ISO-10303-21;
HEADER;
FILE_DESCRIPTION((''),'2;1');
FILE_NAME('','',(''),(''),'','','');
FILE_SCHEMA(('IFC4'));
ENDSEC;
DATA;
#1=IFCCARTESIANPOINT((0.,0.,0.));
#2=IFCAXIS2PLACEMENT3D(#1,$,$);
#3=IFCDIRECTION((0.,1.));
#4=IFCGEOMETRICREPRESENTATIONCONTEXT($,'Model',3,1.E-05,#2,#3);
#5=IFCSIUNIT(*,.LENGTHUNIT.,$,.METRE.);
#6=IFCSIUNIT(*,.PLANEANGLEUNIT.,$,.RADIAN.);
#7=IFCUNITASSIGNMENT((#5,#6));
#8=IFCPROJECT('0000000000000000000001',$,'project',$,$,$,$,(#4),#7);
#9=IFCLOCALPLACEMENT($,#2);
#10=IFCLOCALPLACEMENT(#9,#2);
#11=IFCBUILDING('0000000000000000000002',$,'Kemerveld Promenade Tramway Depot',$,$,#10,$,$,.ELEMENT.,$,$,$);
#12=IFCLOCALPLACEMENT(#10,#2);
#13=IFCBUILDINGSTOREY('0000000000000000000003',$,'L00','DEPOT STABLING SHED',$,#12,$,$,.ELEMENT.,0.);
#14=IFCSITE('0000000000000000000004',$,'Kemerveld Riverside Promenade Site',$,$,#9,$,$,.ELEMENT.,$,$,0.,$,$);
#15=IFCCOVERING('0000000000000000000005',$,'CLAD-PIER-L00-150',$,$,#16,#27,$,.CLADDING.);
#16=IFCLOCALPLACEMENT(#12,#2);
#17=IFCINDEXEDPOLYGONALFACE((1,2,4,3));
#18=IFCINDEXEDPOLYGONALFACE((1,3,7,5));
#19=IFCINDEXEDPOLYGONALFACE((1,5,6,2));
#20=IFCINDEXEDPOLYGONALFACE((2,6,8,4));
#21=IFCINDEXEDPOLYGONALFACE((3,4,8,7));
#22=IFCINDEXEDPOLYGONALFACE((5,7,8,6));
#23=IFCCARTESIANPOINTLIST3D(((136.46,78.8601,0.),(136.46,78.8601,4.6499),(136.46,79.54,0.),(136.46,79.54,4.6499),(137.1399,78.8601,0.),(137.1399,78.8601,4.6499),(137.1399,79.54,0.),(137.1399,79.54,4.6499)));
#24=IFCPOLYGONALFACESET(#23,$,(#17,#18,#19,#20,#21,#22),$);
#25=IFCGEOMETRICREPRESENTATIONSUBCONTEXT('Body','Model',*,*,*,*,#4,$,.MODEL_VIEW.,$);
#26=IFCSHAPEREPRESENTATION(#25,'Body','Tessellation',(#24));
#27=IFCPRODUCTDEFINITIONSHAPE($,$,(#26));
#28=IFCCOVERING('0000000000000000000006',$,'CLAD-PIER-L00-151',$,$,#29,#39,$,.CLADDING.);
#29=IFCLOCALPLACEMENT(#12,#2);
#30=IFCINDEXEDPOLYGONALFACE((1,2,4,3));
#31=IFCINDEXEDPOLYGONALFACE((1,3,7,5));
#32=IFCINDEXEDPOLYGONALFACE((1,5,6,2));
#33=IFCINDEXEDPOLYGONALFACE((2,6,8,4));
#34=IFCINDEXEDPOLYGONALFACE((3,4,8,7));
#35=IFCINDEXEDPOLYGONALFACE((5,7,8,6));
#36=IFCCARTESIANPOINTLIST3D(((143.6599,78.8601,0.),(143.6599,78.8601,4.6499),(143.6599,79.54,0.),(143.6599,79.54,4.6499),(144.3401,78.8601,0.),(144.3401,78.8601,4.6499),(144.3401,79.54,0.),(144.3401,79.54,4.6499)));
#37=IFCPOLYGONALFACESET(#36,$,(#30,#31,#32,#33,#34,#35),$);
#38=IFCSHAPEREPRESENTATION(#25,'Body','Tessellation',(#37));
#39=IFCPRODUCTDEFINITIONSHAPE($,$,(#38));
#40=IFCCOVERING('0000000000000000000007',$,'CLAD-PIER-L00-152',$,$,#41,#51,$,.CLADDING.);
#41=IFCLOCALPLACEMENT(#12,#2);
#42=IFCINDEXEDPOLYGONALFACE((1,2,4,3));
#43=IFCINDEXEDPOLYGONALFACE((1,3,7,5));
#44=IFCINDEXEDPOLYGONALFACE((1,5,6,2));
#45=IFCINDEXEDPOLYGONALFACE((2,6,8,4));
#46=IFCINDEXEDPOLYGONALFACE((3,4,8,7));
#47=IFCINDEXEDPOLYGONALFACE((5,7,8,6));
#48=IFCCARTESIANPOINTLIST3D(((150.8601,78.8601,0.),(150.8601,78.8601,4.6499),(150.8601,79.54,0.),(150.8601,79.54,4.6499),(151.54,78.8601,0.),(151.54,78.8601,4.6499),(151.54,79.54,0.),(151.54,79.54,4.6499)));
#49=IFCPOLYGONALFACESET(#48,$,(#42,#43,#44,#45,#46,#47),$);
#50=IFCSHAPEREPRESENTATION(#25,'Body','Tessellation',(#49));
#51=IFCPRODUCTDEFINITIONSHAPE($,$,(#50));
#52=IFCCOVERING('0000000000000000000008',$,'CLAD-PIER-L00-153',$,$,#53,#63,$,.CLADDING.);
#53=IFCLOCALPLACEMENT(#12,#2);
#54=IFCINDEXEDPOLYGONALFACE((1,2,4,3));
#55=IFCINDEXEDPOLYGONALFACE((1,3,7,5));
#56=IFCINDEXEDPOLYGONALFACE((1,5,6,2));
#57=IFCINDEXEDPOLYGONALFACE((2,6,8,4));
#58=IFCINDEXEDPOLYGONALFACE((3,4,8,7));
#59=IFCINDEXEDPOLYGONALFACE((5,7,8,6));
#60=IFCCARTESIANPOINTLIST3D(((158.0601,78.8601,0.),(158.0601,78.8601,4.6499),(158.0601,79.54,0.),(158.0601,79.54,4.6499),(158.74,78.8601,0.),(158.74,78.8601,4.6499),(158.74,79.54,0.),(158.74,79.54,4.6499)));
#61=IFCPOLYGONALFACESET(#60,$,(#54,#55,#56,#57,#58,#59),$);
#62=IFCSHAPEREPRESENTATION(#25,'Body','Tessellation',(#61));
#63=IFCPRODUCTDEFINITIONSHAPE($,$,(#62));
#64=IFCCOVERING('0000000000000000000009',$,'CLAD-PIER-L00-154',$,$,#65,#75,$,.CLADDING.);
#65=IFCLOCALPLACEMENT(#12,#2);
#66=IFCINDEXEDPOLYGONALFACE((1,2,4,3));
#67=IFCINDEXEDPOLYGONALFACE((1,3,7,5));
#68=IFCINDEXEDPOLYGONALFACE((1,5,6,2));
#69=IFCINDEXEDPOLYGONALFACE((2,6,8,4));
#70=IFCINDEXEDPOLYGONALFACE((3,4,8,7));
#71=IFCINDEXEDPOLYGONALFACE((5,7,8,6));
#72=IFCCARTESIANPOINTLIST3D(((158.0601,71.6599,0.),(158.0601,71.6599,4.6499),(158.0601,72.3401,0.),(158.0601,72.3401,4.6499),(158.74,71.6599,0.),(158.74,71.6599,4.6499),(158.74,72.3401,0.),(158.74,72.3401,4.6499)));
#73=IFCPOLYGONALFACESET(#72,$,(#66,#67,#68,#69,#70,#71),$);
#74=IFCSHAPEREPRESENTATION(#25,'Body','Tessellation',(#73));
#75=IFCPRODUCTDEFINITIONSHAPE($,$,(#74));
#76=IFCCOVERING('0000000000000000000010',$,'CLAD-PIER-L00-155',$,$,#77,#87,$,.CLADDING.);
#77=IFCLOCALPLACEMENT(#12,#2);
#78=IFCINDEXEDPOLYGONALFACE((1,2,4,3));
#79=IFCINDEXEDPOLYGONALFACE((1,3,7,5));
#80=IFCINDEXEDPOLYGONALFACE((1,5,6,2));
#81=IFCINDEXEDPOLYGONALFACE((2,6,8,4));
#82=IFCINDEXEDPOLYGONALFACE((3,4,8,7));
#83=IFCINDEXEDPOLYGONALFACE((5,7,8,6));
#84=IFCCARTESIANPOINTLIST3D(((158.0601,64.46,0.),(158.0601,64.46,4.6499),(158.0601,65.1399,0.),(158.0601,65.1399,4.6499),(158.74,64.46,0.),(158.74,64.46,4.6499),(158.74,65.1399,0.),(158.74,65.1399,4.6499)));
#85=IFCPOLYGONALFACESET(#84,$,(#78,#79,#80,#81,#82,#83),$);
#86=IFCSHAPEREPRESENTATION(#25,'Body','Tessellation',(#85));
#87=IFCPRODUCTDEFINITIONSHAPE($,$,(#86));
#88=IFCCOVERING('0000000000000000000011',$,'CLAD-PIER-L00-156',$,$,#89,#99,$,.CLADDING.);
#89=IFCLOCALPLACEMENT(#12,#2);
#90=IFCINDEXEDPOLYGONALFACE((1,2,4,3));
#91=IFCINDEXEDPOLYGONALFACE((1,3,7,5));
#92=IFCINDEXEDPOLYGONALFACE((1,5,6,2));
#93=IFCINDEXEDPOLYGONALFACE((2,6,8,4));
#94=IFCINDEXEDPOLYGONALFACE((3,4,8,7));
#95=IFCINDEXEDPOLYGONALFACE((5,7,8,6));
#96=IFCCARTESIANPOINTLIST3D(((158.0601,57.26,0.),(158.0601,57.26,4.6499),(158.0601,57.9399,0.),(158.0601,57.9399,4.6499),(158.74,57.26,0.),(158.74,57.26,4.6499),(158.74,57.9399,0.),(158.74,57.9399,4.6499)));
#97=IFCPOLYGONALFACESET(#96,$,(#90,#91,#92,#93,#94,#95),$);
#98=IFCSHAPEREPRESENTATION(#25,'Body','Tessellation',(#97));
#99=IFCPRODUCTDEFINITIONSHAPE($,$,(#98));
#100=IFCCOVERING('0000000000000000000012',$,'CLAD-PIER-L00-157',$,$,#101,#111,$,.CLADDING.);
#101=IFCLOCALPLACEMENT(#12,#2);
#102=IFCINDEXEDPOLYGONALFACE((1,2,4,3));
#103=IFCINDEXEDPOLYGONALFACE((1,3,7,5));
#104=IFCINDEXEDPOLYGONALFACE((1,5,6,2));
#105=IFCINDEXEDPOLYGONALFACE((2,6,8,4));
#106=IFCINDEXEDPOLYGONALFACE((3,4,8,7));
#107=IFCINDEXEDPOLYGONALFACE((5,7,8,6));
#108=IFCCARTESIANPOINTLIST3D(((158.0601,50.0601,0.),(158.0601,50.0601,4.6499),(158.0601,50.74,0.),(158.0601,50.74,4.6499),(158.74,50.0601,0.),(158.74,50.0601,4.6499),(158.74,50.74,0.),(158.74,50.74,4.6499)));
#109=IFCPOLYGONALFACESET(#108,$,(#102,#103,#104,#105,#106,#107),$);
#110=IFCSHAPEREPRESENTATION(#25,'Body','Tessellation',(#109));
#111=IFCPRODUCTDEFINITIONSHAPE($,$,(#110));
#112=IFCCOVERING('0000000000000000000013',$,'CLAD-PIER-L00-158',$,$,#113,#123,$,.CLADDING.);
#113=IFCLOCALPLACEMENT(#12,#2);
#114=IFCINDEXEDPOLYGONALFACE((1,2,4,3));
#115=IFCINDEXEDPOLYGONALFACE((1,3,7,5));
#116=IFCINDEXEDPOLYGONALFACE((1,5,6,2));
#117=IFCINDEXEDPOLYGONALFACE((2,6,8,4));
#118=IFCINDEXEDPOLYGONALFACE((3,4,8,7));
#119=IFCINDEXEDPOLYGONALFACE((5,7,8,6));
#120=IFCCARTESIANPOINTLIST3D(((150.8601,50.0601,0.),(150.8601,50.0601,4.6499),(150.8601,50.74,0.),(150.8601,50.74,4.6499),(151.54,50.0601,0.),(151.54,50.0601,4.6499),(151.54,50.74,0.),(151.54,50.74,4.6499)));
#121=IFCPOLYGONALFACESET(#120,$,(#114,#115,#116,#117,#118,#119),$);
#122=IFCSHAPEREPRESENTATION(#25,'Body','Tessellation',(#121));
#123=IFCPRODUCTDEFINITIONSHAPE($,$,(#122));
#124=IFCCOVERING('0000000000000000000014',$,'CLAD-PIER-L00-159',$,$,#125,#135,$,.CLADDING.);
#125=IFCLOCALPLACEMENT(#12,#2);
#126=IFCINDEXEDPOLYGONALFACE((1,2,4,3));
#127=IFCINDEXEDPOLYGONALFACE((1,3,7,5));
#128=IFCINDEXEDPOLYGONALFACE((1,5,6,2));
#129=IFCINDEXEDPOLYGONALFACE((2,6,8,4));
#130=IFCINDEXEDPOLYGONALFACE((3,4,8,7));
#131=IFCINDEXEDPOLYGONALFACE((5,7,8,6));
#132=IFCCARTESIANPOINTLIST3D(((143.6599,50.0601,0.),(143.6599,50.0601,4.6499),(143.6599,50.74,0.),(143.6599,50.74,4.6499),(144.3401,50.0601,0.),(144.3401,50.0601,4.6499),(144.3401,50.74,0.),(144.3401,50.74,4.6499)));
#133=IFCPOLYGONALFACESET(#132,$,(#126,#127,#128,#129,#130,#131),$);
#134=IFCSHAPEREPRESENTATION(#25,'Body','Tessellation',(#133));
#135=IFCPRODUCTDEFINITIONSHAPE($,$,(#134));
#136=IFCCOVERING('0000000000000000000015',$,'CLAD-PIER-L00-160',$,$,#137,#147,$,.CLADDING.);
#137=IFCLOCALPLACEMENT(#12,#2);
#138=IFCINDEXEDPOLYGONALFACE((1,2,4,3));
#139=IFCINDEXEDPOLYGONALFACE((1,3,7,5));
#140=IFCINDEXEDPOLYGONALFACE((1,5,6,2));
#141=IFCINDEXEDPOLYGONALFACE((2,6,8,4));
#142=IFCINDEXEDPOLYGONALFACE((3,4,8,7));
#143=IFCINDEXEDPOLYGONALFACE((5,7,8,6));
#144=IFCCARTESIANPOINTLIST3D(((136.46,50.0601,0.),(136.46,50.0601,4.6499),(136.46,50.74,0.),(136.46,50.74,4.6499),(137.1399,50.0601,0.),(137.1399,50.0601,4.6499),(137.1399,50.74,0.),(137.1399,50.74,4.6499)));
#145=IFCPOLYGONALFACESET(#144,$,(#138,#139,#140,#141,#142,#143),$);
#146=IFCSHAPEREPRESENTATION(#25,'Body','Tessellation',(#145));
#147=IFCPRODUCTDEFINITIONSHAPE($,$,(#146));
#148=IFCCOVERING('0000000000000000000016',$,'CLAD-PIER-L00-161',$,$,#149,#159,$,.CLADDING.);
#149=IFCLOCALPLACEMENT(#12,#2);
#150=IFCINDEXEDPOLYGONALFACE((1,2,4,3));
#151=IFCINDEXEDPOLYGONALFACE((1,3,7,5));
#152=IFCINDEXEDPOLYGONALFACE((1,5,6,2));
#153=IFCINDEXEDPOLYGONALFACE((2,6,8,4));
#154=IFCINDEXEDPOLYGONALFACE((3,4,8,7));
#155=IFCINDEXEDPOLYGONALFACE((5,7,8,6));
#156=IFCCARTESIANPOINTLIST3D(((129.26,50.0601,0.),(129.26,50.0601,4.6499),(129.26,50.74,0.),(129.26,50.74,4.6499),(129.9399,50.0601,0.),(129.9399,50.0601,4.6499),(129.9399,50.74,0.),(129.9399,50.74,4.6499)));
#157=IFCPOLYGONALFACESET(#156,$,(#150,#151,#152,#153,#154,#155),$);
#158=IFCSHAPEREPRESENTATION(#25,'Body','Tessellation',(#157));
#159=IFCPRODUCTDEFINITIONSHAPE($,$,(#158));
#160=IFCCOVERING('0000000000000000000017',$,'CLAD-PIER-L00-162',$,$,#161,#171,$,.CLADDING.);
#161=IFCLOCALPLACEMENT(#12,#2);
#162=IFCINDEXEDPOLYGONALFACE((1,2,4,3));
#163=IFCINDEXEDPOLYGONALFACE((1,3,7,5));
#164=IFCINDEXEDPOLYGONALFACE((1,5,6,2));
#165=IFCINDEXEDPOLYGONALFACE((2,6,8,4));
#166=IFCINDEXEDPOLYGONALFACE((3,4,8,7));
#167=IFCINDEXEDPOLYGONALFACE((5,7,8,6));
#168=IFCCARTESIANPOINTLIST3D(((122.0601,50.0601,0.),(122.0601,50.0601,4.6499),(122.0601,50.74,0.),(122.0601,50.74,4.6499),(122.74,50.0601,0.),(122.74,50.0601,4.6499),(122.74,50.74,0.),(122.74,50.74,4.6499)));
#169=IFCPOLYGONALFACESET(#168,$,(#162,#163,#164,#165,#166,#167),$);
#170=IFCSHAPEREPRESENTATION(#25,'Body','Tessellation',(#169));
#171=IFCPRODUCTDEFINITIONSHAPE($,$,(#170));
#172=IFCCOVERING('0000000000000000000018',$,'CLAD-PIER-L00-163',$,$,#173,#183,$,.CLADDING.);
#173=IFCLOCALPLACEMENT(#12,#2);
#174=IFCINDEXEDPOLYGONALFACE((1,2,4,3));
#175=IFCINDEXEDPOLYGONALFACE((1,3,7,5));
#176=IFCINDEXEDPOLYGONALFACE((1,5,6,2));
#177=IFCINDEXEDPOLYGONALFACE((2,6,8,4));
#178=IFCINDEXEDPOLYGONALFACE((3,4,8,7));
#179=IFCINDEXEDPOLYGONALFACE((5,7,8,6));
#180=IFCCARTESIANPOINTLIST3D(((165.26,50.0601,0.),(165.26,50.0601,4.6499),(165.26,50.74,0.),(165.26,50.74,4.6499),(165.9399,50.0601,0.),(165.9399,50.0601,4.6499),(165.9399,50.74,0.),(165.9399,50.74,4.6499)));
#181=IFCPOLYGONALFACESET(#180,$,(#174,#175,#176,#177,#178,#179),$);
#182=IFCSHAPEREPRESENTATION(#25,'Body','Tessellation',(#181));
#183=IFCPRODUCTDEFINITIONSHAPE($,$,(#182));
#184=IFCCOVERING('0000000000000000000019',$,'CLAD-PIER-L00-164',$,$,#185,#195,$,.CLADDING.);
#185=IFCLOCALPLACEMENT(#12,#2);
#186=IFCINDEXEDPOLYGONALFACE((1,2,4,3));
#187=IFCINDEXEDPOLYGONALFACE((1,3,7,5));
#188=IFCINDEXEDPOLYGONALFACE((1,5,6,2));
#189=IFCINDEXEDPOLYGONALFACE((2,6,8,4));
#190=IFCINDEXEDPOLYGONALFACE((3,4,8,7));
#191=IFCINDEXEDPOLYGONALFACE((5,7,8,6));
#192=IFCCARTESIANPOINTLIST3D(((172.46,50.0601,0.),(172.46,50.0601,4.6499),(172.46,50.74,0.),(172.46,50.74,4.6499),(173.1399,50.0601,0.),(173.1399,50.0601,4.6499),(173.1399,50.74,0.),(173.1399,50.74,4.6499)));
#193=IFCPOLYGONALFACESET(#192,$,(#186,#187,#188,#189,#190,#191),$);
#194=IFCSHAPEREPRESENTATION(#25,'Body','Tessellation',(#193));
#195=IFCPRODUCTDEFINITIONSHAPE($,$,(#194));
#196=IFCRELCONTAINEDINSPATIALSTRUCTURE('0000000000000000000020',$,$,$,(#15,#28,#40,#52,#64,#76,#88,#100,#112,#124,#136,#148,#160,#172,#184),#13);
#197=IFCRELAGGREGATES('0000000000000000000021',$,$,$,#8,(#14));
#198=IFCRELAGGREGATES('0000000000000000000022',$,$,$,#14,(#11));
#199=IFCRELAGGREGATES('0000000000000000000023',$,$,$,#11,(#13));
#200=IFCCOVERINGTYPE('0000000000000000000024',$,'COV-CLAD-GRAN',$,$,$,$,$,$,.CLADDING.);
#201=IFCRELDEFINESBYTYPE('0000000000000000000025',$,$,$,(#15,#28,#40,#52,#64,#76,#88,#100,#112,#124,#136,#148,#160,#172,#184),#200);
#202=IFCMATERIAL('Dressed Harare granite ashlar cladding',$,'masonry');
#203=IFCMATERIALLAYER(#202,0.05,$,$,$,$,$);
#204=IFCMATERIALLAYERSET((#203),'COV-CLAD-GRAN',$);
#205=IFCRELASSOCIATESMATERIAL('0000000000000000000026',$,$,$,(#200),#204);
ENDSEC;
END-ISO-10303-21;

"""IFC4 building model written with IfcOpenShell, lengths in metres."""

from ifc_helpers import new_model, si_unit, direction, origin, place, context, subcontext, project, spatial, polyline, outline, extrude, material, layer, layer_set, type_object, element, save


model = new_model("IFC4")

# Units and contexts
model_context = context("Model", 3, precision=1e-05, world=origin(), true_north=direction((0.0, 1.0)))
body_context = subcontext(model_context, "Body", "Model", "MODEL_VIEW")
ifc_project = project(units=[si_unit("LENGTHUNIT", "METRE"), si_unit("PLANEANGLEUNIT", "RADIAN")], contexts=[model_context])

# Site, building, storey
site_placement = place(None, origin())
site = spatial("IfcSite", under=ifc_project, at=site_placement, Name="Kemerveld Riverside Promenade Site", CompositionType="ELEMENT", RefElevation=0.0)
building_placement = place(site_placement, origin())
building = spatial("IfcBuilding", under=site, at=building_placement, Name="Kemerveld Promenade Tramway Depot", CompositionType="ELEMENT")
storey_placement = place(building_placement, origin())
storey = spatial("IfcBuildingStorey", under=building, at=storey_placement, Name="L00", Description="DEPOT STABLING SHED", CompositionType="ELEMENT", Elevation=0.0)

# Coverings
ifc_material = material(Name="Dressed Harare granite ashlar cladding", Category="masonry")
ifc_layer = layer(ifc_material, 0.05)
ifc_layer_set = layer_set([ifc_layer], Name="COV-CLAD-GRAN")
covering_type = type_object("IfcCoveringType", Name="COV-CLAD-GRAN", PredefinedType="CLADDING", material=ifc_layer_set)
covering_1_placement = place(storey_placement, origin())
element("IfcCovering", 1, at=covering_1_placement, inside=storey, type_object=covering_type, Name="CLAD-PIER-L00-150", PredefinedType="CLADDING", context=body_context, shape_type="SweptSolid", body=[
    extrude(outline(polyline([(136.46, 78.8601), (137.1399, 78.8601), (137.1399, 79.54), (136.46, 79.54), (136.46, 78.8601)])), origin(), (0.0, 0.0, 1.0), 4.6499),
])
covering_2_placement = place(storey_placement, origin())
element("IfcCovering", 2, at=covering_2_placement, inside=storey, type_object=covering_type, Name="CLAD-PIER-L00-151", PredefinedType="CLADDING", context=body_context, shape_type="SweptSolid", body=[
    extrude(outline(polyline([(143.6599, 78.8601), (144.3401, 78.8601), (144.3401, 79.54), (143.6599, 79.54), (143.6599, 78.8601)])), origin(), (0.0, 0.0, 1.0), 4.6499),
])
covering_3_placement = place(storey_placement, origin())
element("IfcCovering", 3, at=covering_3_placement, inside=storey, type_object=covering_type, Name="CLAD-PIER-L00-152", PredefinedType="CLADDING", context=body_context, shape_type="SweptSolid", body=[
    extrude(outline(polyline([(150.8601, 78.8601), (151.54, 78.8601), (151.54, 79.54), (150.8601, 79.54), (150.8601, 78.8601)])), origin(), (0.0, 0.0, 1.0), 4.6499),
])
covering_4_placement = place(storey_placement, origin())
element("IfcCovering", 4, at=covering_4_placement, inside=storey, type_object=covering_type, Name="CLAD-PIER-L00-153", PredefinedType="CLADDING", context=body_context, shape_type="SweptSolid", body=[
    extrude(outline(polyline([(158.0601, 78.8601), (158.74, 78.8601), (158.74, 79.54), (158.0601, 79.54), (158.0601, 78.8601)])), origin(), (0.0, 0.0, 1.0), 4.6499),
])
covering_5_placement = place(storey_placement, origin())
element("IfcCovering", 5, at=covering_5_placement, inside=storey, type_object=covering_type, Name="CLAD-PIER-L00-154", PredefinedType="CLADDING", context=body_context, shape_type="SweptSolid", body=[
    extrude(outline(polyline([(158.0601, 71.6599), (158.74, 71.6599), (158.74, 72.3401), (158.0601, 72.3401), (158.0601, 71.6599)])), origin(), (0.0, 0.0, 1.0), 4.6499),
])
covering_6_placement = place(storey_placement, origin())
element("IfcCovering", 6, at=covering_6_placement, inside=storey, type_object=covering_type, Name="CLAD-PIER-L00-155", PredefinedType="CLADDING", context=body_context, shape_type="SweptSolid", body=[
    extrude(outline(polyline([(158.0601, 64.46), (158.74, 64.46), (158.74, 65.1399), (158.0601, 65.1399), (158.0601, 64.46)])), origin(), (0.0, 0.0, 1.0), 4.6499),
])
covering_7_placement = place(storey_placement, origin())
element("IfcCovering", 7, at=covering_7_placement, inside=storey, type_object=covering_type, Name="CLAD-PIER-L00-156", PredefinedType="CLADDING", context=body_context, shape_type="SweptSolid", body=[
    extrude(outline(polyline([(158.0601, 57.26), (158.74, 57.26), (158.74, 57.9399), (158.0601, 57.9399), (158.0601, 57.26)])), origin(), (0.0, 0.0, 1.0), 4.6499),
])
covering_8_placement = place(storey_placement, origin())
element("IfcCovering", 8, at=covering_8_placement, inside=storey, type_object=covering_type, Name="CLAD-PIER-L00-157", PredefinedType="CLADDING", context=body_context, shape_type="SweptSolid", body=[
    extrude(outline(polyline([(158.0601, 50.0601), (158.74, 50.0601), (158.74, 50.74), (158.0601, 50.74), (158.0601, 50.0601)])), origin(), (0.0, 0.0, 1.0), 4.6499),
])
covering_9_placement = place(storey_placement, origin())
element("IfcCovering", 9, at=covering_9_placement, inside=storey, type_object=covering_type, Name="CLAD-PIER-L00-158", PredefinedType="CLADDING", context=body_context, shape_type="SweptSolid", body=[
    extrude(outline(polyline([(150.8601, 50.0601), (151.54, 50.0601), (151.54, 50.74), (150.8601, 50.74), (150.8601, 50.0601)])), origin(), (0.0, 0.0, 1.0), 4.6499),
])
covering_10_placement = place(storey_placement, origin())
element("IfcCovering", 10, at=covering_10_placement, inside=storey, type_object=covering_type, Name="CLAD-PIER-L00-159", PredefinedType="CLADDING", context=body_context, shape_type="SweptSolid", body=[
    extrude(outline(polyline([(143.6599, 50.0601), (144.3401, 50.0601), (144.3401, 50.74), (143.6599, 50.74), (143.6599, 50.0601)])), origin(), (0.0, 0.0, 1.0), 4.6499),
])
covering_11_placement = place(storey_placement, origin())
element("IfcCovering", 11, at=covering_11_placement, inside=storey, type_object=covering_type, Name="CLAD-PIER-L00-160", PredefinedType="CLADDING", context=body_context, shape_type="SweptSolid", body=[
    extrude(outline(polyline([(136.46, 50.0601), (137.1399, 50.0601), (137.1399, 50.74), (136.46, 50.74), (136.46, 50.0601)])), origin(), (0.0, 0.0, 1.0), 4.6499),
])
covering_12_placement = place(storey_placement, origin())
element("IfcCovering", 12, at=covering_12_placement, inside=storey, type_object=covering_type, Name="CLAD-PIER-L00-161", PredefinedType="CLADDING", context=body_context, shape_type="SweptSolid", body=[
    extrude(outline(polyline([(129.26, 50.0601), (129.9399, 50.0601), (129.9399, 50.74), (129.26, 50.74), (129.26, 50.0601)])), origin(), (0.0, 0.0, 1.0), 4.6499),
])
covering_13_placement = place(storey_placement, origin())
element("IfcCovering", 13, at=covering_13_placement, inside=storey, type_object=covering_type, Name="CLAD-PIER-L00-162", PredefinedType="CLADDING", context=body_context, shape_type="SweptSolid", body=[
    extrude(outline(polyline([(122.0601, 50.0601), (122.74, 50.0601), (122.74, 50.74), (122.0601, 50.74), (122.0601, 50.0601)])), origin(), (0.0, 0.0, 1.0), 4.6499),
])
covering_14_placement = place(storey_placement, origin())
element("IfcCovering", 14, at=covering_14_placement, inside=storey, type_object=covering_type, Name="CLAD-PIER-L00-163", PredefinedType="CLADDING", context=body_context, shape_type="SweptSolid", body=[
    extrude(outline(polyline([(165.26, 50.0601), (165.9399, 50.0601), (165.9399, 50.74), (165.26, 50.74), (165.26, 50.0601)])), origin(), (0.0, 0.0, 1.0), 4.6499),
])
covering_15_placement = place(storey_placement, origin())
element("IfcCovering", 15, at=covering_15_placement, inside=storey, type_object=covering_type, Name="CLAD-PIER-L00-164", PredefinedType="CLADDING", context=body_context, shape_type="SweptSolid", body=[
    extrude(outline(polyline([(172.46, 50.0601), (173.1399, 50.0601), (173.1399, 50.74), (172.46, 50.74), (172.46, 50.0601)])), origin(), (0.0, 0.0, 1.0), 4.6499),
])

save(model, "model.ifc")
